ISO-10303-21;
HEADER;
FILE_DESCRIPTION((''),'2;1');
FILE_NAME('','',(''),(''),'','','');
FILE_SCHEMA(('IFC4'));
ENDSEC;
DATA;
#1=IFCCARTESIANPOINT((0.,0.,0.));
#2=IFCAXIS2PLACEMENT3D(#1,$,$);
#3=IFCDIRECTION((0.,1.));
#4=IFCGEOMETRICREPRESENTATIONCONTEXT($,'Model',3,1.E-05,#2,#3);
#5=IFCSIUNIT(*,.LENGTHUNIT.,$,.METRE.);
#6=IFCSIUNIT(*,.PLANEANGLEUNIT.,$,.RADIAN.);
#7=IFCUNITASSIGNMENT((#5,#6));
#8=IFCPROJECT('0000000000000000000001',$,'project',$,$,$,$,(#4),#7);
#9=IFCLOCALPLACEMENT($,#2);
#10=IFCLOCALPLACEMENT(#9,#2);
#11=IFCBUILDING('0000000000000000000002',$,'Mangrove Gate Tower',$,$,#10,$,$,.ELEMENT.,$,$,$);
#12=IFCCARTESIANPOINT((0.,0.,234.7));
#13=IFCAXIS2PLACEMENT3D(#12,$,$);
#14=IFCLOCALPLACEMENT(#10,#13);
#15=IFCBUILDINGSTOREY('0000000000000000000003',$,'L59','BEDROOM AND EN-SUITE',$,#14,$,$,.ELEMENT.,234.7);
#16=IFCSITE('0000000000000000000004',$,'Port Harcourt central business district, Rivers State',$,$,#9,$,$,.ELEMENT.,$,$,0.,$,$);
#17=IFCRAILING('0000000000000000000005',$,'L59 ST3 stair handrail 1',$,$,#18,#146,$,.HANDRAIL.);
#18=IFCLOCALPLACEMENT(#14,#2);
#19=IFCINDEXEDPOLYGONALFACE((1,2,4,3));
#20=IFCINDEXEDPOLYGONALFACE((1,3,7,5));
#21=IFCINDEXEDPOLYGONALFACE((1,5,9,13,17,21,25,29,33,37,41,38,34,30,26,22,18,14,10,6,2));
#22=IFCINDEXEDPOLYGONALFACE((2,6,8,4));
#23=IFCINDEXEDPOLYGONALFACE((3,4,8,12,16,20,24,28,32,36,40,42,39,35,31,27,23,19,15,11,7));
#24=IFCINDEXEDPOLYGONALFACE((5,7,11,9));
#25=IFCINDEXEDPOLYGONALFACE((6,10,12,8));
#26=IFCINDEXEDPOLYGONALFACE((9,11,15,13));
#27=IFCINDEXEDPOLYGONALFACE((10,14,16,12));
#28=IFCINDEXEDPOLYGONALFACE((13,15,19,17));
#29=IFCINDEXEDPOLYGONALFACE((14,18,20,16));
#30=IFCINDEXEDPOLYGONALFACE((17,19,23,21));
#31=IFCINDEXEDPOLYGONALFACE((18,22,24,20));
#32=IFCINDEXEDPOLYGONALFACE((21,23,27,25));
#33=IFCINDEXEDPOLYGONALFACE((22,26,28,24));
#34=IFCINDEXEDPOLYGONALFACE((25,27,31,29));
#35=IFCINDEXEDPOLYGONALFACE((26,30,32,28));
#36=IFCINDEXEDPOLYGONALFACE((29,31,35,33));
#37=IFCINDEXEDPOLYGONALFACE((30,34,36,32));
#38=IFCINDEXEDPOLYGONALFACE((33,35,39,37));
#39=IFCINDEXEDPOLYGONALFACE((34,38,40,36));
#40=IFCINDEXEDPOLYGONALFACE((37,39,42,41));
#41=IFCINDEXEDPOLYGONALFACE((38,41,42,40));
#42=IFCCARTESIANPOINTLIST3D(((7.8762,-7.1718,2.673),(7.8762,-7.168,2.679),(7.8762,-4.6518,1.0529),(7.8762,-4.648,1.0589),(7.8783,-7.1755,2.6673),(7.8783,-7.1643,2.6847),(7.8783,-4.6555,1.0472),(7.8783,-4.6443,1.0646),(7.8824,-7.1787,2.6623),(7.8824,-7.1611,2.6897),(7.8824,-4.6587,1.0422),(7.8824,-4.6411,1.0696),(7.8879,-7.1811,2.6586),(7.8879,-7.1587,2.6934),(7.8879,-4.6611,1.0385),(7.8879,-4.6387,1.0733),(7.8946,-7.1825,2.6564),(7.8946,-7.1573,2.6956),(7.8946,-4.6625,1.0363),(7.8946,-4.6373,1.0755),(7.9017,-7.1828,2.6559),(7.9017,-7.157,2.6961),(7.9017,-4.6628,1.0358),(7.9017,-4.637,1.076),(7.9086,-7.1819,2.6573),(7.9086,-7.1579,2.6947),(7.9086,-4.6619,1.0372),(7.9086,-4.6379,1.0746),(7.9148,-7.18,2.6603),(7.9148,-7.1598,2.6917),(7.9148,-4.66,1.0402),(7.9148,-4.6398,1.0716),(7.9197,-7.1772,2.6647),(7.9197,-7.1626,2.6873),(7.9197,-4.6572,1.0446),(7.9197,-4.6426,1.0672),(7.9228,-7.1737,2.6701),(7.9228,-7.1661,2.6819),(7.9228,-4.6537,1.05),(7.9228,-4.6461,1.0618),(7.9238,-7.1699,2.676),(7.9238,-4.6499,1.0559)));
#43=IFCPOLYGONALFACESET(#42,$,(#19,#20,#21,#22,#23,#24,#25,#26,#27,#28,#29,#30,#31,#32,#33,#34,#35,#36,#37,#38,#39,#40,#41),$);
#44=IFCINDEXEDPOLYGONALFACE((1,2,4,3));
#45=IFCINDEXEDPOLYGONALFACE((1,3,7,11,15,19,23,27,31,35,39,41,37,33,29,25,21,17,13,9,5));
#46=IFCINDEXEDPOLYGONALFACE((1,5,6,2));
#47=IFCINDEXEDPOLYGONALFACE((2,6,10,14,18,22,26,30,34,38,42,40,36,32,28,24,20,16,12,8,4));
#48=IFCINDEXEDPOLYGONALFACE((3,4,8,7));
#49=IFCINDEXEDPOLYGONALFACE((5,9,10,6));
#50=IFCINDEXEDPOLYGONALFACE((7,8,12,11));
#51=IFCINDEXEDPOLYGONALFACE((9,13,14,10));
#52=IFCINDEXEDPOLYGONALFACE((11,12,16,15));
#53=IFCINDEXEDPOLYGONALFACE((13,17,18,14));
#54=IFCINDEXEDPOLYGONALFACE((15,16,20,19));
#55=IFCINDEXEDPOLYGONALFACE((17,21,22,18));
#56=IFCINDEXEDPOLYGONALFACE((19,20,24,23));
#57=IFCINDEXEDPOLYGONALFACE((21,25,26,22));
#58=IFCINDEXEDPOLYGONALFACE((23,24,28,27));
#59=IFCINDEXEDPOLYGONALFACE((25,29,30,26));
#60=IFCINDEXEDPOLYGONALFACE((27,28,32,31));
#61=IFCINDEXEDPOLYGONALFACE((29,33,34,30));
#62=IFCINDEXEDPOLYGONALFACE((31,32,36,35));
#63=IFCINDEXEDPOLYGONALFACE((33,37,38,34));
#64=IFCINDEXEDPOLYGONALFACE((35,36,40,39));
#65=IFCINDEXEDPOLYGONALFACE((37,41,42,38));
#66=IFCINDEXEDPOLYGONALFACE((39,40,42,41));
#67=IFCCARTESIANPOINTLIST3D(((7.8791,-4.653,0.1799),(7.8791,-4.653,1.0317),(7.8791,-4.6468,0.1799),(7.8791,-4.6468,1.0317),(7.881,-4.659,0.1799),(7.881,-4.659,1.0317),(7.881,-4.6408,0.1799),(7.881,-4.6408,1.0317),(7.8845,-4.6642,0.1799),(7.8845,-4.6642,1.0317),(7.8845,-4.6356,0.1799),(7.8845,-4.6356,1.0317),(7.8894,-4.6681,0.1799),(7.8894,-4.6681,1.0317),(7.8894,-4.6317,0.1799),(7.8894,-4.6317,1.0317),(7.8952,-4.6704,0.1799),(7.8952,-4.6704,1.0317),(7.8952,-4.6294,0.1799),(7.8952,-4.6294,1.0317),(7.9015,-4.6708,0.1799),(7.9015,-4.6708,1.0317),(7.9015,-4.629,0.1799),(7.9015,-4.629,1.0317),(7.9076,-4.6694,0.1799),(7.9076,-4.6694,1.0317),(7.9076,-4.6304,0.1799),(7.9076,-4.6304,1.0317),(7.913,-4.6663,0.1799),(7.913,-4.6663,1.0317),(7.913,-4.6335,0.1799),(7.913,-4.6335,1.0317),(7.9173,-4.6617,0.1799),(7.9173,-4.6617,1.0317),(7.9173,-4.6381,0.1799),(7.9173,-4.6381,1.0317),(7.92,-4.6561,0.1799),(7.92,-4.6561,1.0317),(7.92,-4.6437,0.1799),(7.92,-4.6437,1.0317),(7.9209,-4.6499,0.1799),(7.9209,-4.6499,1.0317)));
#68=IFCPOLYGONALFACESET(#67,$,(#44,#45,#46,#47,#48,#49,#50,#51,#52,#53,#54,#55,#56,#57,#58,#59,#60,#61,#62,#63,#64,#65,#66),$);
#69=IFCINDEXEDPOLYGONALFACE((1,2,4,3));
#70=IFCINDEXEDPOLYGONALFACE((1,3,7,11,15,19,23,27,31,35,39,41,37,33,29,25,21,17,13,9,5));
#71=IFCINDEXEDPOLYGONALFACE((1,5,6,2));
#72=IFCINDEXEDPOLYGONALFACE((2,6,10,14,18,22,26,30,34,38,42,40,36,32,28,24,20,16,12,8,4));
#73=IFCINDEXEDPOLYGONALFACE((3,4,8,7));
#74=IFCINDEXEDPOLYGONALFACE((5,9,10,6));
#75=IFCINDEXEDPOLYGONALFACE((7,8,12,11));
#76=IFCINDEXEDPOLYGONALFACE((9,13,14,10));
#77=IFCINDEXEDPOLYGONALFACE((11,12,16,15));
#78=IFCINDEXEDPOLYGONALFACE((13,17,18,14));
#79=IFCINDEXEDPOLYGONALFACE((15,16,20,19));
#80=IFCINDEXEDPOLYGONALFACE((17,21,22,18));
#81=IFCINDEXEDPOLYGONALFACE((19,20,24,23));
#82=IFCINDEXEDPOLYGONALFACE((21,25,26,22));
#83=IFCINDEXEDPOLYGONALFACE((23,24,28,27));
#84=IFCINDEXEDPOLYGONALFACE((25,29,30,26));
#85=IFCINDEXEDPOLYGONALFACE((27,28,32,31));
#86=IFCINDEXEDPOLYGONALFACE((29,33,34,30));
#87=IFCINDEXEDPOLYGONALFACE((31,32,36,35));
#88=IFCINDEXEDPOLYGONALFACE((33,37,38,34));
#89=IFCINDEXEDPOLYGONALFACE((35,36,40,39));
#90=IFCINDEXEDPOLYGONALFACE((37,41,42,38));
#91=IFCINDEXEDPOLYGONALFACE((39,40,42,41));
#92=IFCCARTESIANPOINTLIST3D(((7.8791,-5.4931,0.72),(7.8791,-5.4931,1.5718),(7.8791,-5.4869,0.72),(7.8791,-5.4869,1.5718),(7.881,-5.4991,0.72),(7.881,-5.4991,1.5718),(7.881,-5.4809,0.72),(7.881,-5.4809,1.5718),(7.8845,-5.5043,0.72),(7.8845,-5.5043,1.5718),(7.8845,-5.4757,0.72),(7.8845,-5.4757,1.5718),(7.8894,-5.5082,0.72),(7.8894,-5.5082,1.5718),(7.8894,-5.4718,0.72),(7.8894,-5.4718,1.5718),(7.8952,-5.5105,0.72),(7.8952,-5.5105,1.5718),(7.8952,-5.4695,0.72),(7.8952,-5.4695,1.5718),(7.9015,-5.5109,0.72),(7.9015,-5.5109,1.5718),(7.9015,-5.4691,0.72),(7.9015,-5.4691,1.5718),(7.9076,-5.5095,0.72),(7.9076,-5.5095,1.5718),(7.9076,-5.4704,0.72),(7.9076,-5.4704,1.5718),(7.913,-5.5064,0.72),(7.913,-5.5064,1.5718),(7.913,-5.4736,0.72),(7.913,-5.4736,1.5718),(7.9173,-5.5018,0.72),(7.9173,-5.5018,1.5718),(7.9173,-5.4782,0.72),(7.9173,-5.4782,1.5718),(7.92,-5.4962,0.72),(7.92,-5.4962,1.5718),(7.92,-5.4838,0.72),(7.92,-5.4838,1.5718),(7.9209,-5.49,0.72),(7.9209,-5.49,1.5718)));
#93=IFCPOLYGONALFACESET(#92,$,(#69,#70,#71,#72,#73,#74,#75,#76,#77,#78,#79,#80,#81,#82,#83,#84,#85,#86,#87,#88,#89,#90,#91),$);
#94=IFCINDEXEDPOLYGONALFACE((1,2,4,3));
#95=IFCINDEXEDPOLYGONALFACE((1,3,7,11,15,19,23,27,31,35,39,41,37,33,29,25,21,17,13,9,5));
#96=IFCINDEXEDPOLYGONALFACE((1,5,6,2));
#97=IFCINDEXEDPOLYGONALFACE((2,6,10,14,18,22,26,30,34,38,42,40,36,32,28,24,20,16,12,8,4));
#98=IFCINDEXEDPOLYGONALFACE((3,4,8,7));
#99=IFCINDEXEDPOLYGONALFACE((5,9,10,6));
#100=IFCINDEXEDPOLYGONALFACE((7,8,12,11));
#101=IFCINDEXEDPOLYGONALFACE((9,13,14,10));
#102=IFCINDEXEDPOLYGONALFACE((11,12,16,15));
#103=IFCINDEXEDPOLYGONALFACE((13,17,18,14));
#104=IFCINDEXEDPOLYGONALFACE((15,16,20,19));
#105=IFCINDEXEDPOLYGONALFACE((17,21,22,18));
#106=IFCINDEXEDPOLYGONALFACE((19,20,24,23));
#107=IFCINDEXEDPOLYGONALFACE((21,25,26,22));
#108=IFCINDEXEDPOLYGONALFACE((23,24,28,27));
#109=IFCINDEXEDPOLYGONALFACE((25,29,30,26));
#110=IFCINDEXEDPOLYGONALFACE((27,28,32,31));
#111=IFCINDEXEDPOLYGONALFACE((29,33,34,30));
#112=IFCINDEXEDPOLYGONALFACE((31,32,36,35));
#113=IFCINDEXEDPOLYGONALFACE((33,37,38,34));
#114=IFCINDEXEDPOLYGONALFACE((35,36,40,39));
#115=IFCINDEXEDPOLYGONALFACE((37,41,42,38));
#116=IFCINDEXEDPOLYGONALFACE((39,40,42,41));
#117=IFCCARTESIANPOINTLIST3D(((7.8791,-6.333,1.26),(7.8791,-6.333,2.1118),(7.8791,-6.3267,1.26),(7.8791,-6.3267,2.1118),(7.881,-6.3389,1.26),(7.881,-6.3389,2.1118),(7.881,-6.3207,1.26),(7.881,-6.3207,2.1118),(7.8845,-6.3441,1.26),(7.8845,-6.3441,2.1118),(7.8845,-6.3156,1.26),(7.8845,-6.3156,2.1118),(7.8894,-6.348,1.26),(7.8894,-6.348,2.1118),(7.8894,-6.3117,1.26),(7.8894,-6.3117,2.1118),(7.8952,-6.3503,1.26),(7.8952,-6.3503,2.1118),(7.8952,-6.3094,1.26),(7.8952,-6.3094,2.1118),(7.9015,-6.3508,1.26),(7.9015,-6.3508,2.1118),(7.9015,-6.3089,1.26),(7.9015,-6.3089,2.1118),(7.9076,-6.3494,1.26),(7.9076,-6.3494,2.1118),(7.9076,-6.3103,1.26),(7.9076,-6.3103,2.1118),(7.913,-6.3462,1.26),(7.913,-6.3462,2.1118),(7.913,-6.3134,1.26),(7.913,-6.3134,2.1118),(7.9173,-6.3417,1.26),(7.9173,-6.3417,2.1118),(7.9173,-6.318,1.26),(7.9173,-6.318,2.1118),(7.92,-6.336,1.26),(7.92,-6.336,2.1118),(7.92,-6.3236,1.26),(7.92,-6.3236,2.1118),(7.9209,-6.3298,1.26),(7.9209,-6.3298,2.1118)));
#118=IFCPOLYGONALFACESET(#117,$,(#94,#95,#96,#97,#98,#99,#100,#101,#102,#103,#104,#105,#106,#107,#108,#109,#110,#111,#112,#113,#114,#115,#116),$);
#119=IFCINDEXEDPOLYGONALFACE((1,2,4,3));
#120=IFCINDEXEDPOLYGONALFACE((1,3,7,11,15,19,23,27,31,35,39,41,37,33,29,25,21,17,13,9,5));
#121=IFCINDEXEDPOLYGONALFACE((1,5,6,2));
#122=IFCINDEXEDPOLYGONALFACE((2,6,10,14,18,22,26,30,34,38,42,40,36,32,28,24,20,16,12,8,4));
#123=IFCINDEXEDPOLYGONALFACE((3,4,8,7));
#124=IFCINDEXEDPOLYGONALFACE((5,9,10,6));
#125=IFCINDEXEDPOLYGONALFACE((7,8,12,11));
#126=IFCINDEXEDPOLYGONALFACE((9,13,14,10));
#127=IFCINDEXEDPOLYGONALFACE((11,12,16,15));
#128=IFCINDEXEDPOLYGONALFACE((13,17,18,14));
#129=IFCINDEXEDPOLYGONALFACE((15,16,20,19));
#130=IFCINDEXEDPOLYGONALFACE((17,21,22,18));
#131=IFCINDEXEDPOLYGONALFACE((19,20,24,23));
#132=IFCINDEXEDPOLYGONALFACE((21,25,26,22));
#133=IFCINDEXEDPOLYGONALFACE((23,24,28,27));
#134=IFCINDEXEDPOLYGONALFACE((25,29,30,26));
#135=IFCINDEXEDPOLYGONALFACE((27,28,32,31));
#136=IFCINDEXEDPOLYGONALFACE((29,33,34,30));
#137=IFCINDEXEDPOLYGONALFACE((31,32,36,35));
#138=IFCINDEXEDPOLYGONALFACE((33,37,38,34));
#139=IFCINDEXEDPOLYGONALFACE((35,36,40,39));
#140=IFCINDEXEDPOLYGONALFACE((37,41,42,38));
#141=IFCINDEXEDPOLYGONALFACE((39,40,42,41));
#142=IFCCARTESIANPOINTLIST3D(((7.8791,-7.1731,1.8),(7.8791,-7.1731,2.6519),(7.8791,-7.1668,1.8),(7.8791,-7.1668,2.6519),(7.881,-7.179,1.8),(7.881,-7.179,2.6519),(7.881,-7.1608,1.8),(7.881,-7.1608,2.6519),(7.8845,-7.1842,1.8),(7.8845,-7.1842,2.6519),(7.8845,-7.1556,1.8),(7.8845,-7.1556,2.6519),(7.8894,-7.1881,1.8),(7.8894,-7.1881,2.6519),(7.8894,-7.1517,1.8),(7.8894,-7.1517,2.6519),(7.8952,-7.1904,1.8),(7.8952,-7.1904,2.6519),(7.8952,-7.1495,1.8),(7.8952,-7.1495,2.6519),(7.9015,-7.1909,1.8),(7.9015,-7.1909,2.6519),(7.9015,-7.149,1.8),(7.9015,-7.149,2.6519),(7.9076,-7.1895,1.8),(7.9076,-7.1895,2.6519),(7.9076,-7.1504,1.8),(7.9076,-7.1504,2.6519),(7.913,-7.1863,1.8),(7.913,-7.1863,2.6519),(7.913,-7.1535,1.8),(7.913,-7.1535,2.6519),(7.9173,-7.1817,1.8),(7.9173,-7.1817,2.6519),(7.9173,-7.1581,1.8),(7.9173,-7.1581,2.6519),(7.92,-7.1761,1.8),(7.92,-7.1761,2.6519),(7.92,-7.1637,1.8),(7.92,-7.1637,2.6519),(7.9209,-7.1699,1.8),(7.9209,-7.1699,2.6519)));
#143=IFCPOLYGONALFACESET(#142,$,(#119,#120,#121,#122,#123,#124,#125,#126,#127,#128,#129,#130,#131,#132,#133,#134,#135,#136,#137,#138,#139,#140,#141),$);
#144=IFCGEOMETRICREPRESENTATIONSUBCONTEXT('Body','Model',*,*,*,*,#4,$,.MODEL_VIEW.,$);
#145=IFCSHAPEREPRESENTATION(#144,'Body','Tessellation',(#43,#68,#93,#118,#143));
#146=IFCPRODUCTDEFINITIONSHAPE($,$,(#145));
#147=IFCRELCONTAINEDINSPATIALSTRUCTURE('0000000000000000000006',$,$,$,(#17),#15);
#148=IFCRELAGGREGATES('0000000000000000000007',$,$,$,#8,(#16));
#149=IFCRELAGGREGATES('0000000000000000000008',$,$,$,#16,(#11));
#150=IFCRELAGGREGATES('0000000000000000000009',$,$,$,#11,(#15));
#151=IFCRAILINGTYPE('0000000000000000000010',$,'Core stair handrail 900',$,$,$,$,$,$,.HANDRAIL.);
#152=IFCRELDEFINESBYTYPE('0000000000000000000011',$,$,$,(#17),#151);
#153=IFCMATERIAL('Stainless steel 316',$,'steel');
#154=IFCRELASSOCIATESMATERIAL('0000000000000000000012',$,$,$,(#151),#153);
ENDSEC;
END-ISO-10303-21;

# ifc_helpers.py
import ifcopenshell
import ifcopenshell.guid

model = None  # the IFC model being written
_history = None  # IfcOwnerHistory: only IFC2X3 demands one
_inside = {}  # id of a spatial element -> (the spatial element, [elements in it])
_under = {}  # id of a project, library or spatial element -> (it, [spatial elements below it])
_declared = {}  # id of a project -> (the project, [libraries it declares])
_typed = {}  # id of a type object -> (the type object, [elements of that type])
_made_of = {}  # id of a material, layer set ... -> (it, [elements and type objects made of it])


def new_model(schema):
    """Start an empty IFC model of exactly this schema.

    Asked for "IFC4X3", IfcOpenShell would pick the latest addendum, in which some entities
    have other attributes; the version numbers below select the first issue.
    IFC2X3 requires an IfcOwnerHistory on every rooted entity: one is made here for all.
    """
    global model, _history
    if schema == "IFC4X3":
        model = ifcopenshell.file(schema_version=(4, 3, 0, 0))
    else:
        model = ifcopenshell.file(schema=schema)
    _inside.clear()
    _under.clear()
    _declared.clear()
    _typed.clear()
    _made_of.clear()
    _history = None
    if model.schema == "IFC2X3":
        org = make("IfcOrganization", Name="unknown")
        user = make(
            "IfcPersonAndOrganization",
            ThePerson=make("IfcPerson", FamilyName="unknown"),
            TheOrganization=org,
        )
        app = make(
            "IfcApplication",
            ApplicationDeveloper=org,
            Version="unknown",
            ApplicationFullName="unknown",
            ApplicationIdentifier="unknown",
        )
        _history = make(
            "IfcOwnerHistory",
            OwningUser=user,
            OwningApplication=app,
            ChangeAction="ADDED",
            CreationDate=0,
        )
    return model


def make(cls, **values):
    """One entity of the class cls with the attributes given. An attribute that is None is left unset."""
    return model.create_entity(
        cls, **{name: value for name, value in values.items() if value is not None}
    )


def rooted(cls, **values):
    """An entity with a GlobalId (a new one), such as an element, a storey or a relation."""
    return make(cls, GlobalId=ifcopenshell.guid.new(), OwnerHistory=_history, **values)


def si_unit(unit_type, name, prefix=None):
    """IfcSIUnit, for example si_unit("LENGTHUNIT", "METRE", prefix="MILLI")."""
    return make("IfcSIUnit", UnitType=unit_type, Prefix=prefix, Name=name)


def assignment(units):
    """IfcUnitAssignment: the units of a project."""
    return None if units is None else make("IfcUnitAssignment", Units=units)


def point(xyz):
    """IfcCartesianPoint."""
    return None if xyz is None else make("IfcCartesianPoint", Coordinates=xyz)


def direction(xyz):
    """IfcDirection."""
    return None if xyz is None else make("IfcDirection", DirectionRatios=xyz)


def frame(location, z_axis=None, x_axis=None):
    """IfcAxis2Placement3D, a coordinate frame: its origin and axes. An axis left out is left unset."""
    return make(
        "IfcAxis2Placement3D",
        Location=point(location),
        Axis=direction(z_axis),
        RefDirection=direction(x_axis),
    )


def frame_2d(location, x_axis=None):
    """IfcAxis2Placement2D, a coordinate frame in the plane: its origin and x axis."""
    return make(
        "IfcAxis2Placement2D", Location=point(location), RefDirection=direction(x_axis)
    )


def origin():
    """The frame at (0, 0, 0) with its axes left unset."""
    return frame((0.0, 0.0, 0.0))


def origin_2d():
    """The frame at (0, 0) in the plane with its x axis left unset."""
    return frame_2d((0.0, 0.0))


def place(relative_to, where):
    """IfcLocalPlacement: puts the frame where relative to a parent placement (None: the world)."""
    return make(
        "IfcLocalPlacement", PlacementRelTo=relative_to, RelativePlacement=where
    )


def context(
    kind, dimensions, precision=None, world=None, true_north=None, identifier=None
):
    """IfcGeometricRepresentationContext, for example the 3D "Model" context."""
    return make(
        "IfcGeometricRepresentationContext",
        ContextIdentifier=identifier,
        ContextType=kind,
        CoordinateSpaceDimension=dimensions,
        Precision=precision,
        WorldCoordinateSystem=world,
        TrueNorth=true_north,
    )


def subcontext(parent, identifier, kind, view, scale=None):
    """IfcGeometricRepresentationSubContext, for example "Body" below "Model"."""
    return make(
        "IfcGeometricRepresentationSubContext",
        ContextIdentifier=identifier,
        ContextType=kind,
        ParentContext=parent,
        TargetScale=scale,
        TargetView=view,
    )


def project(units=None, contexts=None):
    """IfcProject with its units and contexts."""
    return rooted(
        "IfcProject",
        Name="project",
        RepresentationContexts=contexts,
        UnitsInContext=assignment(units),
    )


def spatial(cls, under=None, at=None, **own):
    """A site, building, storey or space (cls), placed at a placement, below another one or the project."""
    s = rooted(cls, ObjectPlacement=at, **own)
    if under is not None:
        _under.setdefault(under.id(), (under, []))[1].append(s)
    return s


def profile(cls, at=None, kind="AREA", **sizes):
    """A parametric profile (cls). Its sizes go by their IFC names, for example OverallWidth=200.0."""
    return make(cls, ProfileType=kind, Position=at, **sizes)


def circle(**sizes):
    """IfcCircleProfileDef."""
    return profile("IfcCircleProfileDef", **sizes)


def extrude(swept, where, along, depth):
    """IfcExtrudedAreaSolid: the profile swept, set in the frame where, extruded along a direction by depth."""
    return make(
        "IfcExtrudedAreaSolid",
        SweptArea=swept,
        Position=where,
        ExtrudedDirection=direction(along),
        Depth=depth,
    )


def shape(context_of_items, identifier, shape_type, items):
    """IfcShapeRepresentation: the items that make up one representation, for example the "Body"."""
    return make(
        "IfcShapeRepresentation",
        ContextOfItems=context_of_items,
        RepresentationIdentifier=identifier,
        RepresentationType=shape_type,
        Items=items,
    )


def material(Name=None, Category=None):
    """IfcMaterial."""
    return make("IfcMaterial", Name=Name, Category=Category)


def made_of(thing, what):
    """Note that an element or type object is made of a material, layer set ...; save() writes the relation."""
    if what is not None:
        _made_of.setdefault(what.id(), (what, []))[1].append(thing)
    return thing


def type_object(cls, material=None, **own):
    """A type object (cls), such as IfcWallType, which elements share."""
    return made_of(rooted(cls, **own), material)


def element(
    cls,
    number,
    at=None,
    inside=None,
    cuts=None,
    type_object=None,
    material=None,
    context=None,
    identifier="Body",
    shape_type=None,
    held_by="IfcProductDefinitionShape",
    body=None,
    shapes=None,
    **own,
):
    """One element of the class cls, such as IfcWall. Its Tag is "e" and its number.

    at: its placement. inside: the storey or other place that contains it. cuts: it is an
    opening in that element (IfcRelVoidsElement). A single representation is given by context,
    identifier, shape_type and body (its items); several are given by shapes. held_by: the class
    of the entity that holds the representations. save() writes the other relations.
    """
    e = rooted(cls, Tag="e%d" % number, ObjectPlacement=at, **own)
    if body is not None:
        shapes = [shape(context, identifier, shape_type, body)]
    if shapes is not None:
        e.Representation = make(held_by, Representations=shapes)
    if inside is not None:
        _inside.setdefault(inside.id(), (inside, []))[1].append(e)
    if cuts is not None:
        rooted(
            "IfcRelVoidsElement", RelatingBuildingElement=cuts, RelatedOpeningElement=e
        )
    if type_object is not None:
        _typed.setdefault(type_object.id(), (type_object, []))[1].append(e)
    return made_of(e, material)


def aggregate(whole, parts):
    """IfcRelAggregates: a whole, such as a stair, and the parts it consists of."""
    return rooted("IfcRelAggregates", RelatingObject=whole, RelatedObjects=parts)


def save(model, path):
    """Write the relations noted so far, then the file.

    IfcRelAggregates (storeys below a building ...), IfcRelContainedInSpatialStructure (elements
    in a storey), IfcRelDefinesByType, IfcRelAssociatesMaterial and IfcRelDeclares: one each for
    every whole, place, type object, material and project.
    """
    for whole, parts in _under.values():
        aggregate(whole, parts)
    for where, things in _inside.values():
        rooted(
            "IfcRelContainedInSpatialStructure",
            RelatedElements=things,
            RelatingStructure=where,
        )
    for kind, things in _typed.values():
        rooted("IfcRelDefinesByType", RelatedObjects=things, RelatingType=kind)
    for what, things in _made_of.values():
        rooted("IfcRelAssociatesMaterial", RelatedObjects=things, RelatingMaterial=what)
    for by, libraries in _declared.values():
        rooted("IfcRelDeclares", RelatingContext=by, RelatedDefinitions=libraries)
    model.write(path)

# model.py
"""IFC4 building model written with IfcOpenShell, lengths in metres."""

from ifc_helpers import new_model, si_unit, direction, frame, origin, origin_2d, place, context, subcontext, project, spatial, circle, extrude, material, type_object, element, save


model = new_model("IFC4")

# Units and contexts
model_context = context("Model", 3, precision=1e-05, world=origin(), true_north=direction((0.0, 1.0)))
body_context = subcontext(model_context, "Body", "Model", "MODEL_VIEW")
ifc_project = project(units=[si_unit("LENGTHUNIT", "METRE"), si_unit("PLANEANGLEUNIT", "RADIAN")], contexts=[model_context])

# Site, building, storey
site_placement = place(None, origin())
site = spatial("IfcSite", under=ifc_project, at=site_placement, Name="Port Harcourt central business district, Rivers State", CompositionType="ELEMENT", RefElevation=0.0)
building_placement = place(site_placement, origin())
building = spatial("IfcBuilding", under=site, at=building_placement, Name="Mangrove Gate Tower", CompositionType="ELEMENT")
storey_placement = place(building_placement, frame((0.0, 0.0, 234.7)))
storey = spatial("IfcBuildingStorey", under=building, at=storey_placement, Name="L59", Description="BEDROOM AND EN-SUITE", CompositionType="ELEMENT", Elevation=234.7)

# Railing
ifc_material_1 = material(Name="Stainless steel 316", Category="steel")
railing_type_1 = type_object("IfcRailingType", Name="Core stair handrail 900", PredefinedType="HANDRAIL", material=ifc_material_1)
railing_1_placement = place(storey_placement, frame((7.8999, -4.6499, 0.1799)))
element("IfcRailing", 1, at=railing_1_placement, inside=storey, type_object=railing_type_1, Name="L59 ST3 stair handrail 1", PredefinedType="HANDRAIL", context=body_context, shape_type="SweptSolid", body=[
    extrude(circle(Radius=0.0239, at=origin_2d()), frame((0.0, 0.0, 0.876), z_axis=(0.0, -0.841163, 0.540782), x_axis=(1.0, 0.0, 0.0)), (0.0, 0.0, 1.0), 2.9958),
    extrude(circle(Radius=0.021, at=origin_2d()), origin(), (0.0, 0.0, 1.0), 0.8518),
    extrude(circle(Radius=0.021, at=origin_2d()), frame((0.0, -0.8401, 0.54)), (0.0, 0.0, 1.0), 0.8518),
    extrude(circle(Radius=0.021, at=origin_2d()), frame((0.0, -1.6799, 1.0801)), (0.0, 0.0, 1.0), 0.8518),
    extrude(circle(Radius=0.021, at=origin_2d()), frame((0.0, -2.52, 1.6201)), (0.0, 0.0, 1.0), 0.8518),
])

save(model, "model.ifc")
